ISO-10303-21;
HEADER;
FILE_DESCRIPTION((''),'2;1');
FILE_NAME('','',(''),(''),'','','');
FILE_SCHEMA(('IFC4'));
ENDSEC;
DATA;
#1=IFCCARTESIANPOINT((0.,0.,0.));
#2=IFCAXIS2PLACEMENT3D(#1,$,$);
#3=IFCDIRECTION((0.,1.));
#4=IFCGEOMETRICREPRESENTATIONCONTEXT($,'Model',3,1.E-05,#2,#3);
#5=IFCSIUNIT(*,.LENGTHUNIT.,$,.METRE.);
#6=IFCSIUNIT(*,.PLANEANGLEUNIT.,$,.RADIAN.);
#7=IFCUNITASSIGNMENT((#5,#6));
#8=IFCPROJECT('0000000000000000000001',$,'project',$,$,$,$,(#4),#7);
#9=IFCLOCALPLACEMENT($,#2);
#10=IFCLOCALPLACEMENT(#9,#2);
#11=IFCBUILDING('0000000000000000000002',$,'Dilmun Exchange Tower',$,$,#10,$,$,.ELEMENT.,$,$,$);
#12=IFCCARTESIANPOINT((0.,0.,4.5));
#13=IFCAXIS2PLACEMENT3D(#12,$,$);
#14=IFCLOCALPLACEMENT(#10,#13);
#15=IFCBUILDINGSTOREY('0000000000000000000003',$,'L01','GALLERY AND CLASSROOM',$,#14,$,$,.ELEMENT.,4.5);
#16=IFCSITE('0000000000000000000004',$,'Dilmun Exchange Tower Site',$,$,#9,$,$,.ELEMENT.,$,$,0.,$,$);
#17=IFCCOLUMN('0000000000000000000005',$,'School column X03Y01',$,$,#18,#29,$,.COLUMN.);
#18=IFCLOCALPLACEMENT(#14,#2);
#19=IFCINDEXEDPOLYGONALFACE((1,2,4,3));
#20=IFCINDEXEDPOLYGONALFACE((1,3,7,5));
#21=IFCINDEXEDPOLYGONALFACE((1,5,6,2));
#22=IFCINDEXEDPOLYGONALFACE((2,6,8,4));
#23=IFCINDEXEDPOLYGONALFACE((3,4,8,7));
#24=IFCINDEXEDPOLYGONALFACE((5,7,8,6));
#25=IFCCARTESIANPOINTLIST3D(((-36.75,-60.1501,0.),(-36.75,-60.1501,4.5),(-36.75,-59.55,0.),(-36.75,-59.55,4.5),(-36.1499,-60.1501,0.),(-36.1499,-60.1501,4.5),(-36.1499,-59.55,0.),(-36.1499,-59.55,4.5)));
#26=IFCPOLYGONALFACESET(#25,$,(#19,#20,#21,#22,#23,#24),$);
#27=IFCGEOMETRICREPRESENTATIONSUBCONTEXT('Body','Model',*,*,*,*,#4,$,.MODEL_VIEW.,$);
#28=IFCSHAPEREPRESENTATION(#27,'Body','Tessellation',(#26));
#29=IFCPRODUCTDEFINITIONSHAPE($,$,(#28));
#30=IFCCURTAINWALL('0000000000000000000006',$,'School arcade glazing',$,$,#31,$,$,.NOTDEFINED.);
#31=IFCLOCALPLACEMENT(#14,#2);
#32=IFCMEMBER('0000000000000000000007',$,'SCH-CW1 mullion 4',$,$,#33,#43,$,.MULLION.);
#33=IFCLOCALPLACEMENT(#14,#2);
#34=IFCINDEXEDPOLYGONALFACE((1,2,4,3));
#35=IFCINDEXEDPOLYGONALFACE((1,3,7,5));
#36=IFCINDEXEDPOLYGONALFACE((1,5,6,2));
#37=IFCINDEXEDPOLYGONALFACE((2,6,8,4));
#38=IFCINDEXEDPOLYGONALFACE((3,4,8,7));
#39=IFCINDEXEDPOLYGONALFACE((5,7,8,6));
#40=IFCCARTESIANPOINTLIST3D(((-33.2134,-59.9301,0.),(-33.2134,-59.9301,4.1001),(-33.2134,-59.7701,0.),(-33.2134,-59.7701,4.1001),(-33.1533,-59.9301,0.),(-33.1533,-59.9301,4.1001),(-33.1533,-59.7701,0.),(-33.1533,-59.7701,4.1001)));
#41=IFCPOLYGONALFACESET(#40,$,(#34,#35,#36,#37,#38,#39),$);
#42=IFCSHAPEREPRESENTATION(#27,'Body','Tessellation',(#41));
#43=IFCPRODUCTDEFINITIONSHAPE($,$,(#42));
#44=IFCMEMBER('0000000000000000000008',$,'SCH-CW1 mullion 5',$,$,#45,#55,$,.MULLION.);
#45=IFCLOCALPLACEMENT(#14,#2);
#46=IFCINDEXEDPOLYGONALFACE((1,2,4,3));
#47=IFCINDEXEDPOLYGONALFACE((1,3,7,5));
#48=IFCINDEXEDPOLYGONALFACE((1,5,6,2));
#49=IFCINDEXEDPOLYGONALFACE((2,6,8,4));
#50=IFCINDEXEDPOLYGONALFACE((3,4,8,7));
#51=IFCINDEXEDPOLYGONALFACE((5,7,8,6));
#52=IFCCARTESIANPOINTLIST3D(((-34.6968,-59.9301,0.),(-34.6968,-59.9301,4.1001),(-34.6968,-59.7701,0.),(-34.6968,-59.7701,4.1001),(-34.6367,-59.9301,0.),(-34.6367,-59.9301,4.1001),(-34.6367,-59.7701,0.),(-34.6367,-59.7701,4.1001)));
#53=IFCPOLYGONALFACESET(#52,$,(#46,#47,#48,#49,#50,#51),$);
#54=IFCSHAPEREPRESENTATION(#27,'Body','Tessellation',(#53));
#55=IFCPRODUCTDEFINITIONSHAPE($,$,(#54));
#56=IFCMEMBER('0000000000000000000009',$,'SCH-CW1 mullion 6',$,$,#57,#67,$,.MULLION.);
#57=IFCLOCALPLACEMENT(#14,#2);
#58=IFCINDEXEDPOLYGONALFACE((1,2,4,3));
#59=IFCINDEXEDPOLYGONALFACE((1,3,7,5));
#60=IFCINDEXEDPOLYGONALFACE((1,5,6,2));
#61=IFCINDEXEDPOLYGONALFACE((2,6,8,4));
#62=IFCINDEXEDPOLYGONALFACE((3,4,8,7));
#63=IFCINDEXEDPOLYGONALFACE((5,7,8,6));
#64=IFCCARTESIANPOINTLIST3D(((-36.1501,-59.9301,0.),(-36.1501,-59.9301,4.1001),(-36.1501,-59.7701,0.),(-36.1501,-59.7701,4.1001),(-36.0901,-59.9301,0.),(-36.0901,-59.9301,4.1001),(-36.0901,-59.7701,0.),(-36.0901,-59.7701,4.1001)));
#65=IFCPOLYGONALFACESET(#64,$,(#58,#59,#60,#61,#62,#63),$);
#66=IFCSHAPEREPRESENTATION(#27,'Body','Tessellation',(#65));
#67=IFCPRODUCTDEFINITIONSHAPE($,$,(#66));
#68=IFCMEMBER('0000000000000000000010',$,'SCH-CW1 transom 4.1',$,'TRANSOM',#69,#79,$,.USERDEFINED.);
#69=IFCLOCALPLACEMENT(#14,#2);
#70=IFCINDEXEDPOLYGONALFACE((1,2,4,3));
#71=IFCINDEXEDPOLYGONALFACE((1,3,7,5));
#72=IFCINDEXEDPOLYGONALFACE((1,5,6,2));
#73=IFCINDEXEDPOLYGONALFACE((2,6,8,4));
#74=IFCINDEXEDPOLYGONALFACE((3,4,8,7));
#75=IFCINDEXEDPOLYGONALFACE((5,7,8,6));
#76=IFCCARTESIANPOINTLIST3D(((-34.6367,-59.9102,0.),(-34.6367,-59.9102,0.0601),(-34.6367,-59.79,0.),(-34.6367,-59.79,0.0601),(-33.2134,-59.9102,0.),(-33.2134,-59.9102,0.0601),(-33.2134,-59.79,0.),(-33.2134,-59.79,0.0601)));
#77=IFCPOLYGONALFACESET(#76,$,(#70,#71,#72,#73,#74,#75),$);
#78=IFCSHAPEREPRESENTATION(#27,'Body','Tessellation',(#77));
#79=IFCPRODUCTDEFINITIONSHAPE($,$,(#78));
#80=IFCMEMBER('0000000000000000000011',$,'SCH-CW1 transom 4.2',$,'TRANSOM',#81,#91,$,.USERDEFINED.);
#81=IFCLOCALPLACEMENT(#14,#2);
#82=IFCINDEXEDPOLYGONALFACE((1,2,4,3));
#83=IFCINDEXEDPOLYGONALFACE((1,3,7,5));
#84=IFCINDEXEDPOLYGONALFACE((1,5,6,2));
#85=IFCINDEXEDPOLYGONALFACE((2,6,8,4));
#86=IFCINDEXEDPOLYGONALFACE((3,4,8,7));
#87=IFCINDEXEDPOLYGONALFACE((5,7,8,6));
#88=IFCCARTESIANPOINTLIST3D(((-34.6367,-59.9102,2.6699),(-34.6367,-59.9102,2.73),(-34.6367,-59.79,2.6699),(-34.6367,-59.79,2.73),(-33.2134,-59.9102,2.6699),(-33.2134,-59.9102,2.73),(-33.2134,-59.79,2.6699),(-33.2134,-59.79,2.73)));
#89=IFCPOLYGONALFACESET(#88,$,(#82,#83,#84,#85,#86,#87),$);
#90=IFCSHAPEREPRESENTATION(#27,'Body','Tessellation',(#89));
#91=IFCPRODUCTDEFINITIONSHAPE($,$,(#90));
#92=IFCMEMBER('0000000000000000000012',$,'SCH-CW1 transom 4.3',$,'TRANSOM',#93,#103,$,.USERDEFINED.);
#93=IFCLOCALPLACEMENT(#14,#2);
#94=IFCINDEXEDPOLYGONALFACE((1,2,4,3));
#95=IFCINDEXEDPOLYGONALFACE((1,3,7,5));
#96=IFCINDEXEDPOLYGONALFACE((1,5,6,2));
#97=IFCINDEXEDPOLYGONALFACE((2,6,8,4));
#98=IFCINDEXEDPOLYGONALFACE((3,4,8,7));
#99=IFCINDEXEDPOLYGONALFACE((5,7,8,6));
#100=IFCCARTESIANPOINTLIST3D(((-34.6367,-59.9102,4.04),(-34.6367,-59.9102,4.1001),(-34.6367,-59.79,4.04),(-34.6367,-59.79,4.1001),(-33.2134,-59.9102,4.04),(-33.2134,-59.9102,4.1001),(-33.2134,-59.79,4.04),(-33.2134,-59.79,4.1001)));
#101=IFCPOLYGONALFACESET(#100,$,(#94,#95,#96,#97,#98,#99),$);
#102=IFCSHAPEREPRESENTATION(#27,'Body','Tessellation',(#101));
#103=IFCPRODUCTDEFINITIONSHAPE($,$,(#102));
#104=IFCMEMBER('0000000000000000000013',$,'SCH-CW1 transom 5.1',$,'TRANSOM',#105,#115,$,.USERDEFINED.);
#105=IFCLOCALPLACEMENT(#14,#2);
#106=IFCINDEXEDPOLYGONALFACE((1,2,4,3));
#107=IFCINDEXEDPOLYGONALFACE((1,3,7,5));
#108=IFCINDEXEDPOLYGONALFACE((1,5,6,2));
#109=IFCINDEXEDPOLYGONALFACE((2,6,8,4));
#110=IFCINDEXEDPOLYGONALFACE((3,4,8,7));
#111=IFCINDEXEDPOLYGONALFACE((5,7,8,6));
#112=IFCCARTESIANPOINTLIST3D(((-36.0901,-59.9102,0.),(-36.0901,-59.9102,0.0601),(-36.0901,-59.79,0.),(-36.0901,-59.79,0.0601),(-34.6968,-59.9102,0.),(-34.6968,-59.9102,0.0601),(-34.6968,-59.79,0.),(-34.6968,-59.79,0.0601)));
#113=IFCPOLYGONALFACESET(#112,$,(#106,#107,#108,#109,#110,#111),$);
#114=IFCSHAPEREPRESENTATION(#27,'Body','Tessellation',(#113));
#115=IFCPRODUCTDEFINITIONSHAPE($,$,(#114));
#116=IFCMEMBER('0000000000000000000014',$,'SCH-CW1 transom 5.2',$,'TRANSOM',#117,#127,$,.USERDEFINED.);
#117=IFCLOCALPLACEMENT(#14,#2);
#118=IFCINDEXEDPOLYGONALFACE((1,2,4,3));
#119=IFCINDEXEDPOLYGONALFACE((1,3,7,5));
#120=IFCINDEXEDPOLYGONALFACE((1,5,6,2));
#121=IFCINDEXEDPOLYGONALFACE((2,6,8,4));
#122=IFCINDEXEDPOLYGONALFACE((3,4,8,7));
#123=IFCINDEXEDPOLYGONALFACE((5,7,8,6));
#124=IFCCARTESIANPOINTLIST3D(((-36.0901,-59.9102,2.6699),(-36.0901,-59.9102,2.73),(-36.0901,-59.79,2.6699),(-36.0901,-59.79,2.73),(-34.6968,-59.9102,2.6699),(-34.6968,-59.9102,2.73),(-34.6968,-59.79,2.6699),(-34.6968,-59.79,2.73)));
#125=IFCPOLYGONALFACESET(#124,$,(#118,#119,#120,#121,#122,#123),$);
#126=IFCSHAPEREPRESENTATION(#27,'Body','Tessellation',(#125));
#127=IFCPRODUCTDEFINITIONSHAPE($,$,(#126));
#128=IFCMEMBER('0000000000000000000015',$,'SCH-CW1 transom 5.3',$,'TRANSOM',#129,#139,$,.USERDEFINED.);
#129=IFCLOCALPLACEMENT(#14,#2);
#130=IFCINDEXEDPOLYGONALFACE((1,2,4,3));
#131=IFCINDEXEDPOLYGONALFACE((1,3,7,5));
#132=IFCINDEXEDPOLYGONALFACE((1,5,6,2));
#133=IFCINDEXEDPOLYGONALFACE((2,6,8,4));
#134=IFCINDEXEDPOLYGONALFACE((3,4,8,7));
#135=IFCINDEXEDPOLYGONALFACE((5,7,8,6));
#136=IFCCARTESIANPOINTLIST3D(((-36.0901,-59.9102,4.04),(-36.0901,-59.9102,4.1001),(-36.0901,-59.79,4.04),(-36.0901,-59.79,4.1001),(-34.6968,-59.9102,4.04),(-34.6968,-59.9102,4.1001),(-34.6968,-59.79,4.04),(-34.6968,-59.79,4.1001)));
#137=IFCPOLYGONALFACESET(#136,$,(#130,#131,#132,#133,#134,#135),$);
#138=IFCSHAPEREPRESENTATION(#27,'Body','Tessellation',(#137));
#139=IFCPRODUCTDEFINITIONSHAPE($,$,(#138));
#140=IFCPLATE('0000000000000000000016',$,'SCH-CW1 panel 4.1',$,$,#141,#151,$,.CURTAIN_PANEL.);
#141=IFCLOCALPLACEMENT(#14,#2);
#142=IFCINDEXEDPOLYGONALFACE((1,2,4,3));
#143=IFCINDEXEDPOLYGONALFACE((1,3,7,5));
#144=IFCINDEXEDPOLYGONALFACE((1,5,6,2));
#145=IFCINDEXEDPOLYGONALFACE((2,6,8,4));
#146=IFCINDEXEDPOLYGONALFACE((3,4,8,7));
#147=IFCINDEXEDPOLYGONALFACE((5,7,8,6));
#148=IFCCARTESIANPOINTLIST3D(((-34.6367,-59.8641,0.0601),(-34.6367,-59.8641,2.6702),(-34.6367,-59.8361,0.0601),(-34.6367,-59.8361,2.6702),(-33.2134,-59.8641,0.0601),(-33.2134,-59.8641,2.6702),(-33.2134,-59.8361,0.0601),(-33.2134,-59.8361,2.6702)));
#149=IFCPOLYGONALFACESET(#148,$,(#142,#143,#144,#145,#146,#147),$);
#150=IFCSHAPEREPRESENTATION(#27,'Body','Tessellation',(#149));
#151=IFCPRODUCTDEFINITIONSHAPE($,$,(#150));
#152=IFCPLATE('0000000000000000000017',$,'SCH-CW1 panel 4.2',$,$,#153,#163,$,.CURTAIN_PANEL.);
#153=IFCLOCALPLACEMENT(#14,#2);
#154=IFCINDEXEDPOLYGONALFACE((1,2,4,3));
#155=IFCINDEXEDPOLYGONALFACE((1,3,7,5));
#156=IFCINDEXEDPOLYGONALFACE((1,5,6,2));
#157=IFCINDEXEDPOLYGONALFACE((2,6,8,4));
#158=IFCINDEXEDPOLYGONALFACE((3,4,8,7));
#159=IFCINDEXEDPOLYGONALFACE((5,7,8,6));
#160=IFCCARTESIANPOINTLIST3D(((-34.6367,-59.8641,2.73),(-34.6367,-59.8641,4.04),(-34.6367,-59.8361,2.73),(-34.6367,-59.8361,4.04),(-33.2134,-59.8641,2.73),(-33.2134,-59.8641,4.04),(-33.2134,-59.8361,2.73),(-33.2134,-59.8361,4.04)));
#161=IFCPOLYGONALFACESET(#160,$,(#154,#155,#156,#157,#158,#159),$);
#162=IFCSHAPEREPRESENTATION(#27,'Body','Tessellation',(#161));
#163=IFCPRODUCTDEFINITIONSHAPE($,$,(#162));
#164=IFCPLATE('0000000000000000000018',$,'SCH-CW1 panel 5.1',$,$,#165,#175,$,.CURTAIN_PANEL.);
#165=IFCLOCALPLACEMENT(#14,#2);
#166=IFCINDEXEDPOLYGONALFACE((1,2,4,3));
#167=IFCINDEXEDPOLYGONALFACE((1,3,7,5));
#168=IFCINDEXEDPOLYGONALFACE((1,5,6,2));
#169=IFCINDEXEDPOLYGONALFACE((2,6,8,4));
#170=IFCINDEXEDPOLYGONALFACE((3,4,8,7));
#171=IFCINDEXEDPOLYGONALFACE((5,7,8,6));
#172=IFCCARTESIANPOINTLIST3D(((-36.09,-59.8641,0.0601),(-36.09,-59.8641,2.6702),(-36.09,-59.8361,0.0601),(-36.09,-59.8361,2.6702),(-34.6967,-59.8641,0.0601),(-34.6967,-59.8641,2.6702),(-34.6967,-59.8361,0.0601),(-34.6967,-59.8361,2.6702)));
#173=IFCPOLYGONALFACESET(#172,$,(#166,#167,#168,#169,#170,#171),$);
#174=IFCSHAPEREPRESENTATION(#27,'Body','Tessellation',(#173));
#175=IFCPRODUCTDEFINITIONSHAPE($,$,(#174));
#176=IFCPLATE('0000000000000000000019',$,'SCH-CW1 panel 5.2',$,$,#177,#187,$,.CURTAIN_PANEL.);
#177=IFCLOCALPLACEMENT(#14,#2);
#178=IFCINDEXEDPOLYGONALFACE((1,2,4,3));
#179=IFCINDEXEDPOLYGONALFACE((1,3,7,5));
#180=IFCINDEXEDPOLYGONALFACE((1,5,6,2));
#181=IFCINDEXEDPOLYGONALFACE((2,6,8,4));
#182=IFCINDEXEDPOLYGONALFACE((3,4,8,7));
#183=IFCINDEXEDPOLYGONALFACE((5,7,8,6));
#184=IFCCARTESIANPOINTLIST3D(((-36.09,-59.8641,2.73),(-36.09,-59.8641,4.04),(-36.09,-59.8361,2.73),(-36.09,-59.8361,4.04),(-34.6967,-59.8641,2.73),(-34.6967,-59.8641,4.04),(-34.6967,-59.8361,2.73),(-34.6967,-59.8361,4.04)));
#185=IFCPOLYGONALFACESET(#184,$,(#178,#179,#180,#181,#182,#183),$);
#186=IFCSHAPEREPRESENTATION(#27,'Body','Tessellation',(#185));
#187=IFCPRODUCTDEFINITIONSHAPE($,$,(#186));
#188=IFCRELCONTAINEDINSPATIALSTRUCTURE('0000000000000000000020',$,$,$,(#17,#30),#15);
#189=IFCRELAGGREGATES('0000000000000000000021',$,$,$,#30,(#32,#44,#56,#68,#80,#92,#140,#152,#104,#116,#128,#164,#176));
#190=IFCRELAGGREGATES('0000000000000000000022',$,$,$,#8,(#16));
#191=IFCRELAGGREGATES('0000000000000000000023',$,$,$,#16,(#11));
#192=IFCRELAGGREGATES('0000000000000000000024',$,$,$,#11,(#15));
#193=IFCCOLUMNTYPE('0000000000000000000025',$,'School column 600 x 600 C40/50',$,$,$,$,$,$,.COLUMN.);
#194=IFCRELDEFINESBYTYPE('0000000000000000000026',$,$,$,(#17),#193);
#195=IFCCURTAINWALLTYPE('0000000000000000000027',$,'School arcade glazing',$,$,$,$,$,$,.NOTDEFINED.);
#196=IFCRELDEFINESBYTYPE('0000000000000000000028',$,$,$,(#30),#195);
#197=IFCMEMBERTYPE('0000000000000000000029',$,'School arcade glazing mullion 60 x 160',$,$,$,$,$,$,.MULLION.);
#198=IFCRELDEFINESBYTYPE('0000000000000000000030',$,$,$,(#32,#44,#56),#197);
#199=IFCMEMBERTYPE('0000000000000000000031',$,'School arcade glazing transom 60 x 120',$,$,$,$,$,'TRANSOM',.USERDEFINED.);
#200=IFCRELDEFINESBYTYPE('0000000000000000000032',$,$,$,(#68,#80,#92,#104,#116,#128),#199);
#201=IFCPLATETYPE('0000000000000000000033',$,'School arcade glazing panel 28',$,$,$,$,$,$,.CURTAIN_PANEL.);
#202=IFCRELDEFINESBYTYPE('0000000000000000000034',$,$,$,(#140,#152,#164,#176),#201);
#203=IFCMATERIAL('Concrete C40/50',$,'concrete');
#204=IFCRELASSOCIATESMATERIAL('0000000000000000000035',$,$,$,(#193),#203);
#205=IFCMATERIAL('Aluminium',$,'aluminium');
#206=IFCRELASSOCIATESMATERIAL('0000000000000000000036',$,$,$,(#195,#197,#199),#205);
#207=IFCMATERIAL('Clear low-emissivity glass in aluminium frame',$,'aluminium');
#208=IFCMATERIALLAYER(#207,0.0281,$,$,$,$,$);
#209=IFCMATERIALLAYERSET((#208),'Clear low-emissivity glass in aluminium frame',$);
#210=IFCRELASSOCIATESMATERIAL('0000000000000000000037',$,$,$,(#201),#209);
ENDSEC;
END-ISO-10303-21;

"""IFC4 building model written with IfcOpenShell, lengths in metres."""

from ifc_helpers import new_model, si_unit, direction, frame, origin, origin_2d, place, context, subcontext, project, spatial, rectangle, extrude, material, layer, layer_set, material_profile, profile_set, type_object, element, aggregate, save


model = new_model("IFC4")

# Units and contexts
model_context = context("Model", 3, precision=1e-05, world=origin(), true_north=direction((0.0, 1.0)))
body_context = subcontext(model_context, "Body", "Model", "MODEL_VIEW")
ifc_project = project(units=[si_unit("LENGTHUNIT", "METRE"), si_unit("PLANEANGLEUNIT", "RADIAN")], contexts=[model_context])

# Site, building, storey
site_placement = place(None, origin())
site = spatial("IfcSite", under=ifc_project, at=site_placement, Name="Dilmun Exchange Tower Site", CompositionType="ELEMENT", RefElevation=0.0)
building_placement = place(site_placement, origin())
building = spatial("IfcBuilding", under=site, at=building_placement, Name="Dilmun Exchange Tower", CompositionType="ELEMENT")
storey_placement = place(building_placement, frame((0.0, 0.0, 4.5)))
storey = spatial("IfcBuildingStorey", under=building, at=storey_placement, Name="L01", Description="GALLERY AND CLASSROOM", CompositionType="ELEMENT", Elevation=4.5)

# Column
ifc_material_1 = material(Name="Concrete C40/50", Category="concrete")
ifc_material_profile_1 = material_profile(ifc_material_1, rectangle(XDim=0.6001, YDim=0.6001, at=origin_2d()), Name="600 x 600")
ifc_profile_set_1 = profile_set([ifc_material_profile_1], Name="Concrete C40/50")
column_type = type_object("IfcColumnType", Name="School column 600 x 600 C40/50", PredefinedType="COLUMN", material=ifc_profile_set_1)
column_placement = place(storey_placement, frame((-36.45, -59.8501, 0.0), z_axis=(0.0, 0.0, 1.0), x_axis=(1.0, 0.0, 0.0)))
element("IfcColumn", 1, at=column_placement, inside=storey, type_object=column_type, Name="School column X03Y01", PredefinedType="COLUMN", context=body_context, shape_type="SweptSolid", body=[
    extrude(rectangle(XDim=0.6001, YDim=0.6001, at=origin_2d()), origin(), (0.0, 0.0, 1.0), 4.5),
])

# Curtain wall, members, plates
ifc_material_2 = material(Name="Aluminium", Category="aluminium")
curtain_wall_type = type_object("IfcCurtainWallType", Name="School arcade glazing", PredefinedType="NOTDEFINED", material=ifc_material_2)
curtain_wall_placement = place(storey_placement, origin())
curtain_wall = element("IfcCurtainWall", 2, at=curtain_wall_placement, inside=storey, type_object=curtain_wall_type, Name="School arcade glazing", PredefinedType="NOTDEFINED")
ifc_material_profile_2 = material_profile(ifc_material_2, rectangle(XDim=0.1599, YDim=0.0601, at=origin_2d()), Name="60 x 160")
ifc_profile_set_2 = profile_set([ifc_material_profile_2], Name="Aluminium")
member_type_1 = type_object("IfcMemberType", Name="School arcade glazing mullion 60 x 160", PredefinedType="MULLION", material=ifc_profile_set_2)
member_1_placement = place(storey_placement, frame((-33.1833, -59.8501, 0.0), z_axis=(0.0, 0.0, 1.0), x_axis=(0.0, -1.0, 0.0)))
member_1 = element("IfcMember", 3, at=member_1_placement, type_object=member_type_1, Name="SCH-CW1 mullion 4", PredefinedType="MULLION", context=body_context, shape_type="SweptSolid", body=[
    extrude(rectangle(XDim=0.1599, YDim=0.0601, at=origin_2d()), origin(), (0.0, 0.0, 1.0), 4.1001),
])
member_2_placement = place(storey_placement, frame((-34.6667, -59.8501, 0.0), z_axis=(0.0, 0.0, 1.0), x_axis=(0.0, -1.0, 0.0)))
member_2 = element("IfcMember", 4, at=member_2_placement, type_object=member_type_1, Name="SCH-CW1 mullion 5", PredefinedType="MULLION", context=body_context, shape_type="SweptSolid", body=[
    extrude(rectangle(XDim=0.1599, YDim=0.0601, at=origin_2d()), origin(), (0.0, 0.0, 1.0), 4.1001),
])
member_3_placement = place(storey_placement, frame((-36.1201, -59.8501, 0.0), z_axis=(0.0, 0.0, 1.0), x_axis=(0.0, -1.0, 0.0)))
member_3 = element("IfcMember", 5, at=member_3_placement, type_object=member_type_1, Name="SCH-CW1 mullion 6", PredefinedType="MULLION", context=body_context, shape_type="SweptSolid", body=[
    extrude(rectangle(XDim=0.1599, YDim=0.0601, at=origin_2d()), origin(), (0.0, 0.0, 1.0), 4.1001),
])
ifc_material_profile_3 = material_profile(ifc_material_2, rectangle(XDim=0.1201, YDim=0.0601, at=origin_2d()), Name="60 x 120")
ifc_profile_set_3 = profile_set([ifc_material_profile_3], Name="Aluminium")
member_type_2 = type_object("IfcMemberType", Name="School arcade glazing transom 60 x 120", ElementType="TRANSOM", PredefinedType="USERDEFINED", material=ifc_profile_set_3)
member_4_placement = place(storey_placement, frame((-33.2134, -59.8501, 0.03), z_axis=(-1.0, 0.0, 0.0), x_axis=(0.0, -1.0, 0.0)))
member_4 = element("IfcMember", 6, at=member_4_placement, type_object=member_type_2, Name="SCH-CW1 transom 4.1", ObjectType="TRANSOM", PredefinedType="USERDEFINED", context=body_context, shape_type="SweptSolid", body=[
    extrude(rectangle(XDim=0.1201, YDim=0.0601, at=origin_2d()), origin(), (0.0, 0.0, 1.0), 1.4233),
])
member_5_placement = place(storey_placement, frame((-33.2134, -59.8501, 2.7), z_axis=(-1.0, 0.0, 0.0), x_axis=(0.0, -1.0, 0.0)))
member_5 = element("IfcMember", 7, at=member_5_placement, type_object=member_type_2, Name="SCH-CW1 transom 4.2", ObjectType="TRANSOM", PredefinedType="USERDEFINED", context=body_context, shape_type="SweptSolid", body=[
    extrude(rectangle(XDim=0.1201, YDim=0.0601, at=origin_2d()), origin(), (0.0, 0.0, 1.0), 1.4233),
])
member_6_placement = place(storey_placement, frame((-33.2134, -59.8501, 4.0701), z_axis=(-1.0, 0.0, 0.0), x_axis=(0.0, -1.0, 0.0)))
member_6 = element("IfcMember", 8, at=member_6_placement, type_object=member_type_2, Name="SCH-CW1 transom 4.3", ObjectType="TRANSOM", PredefinedType="USERDEFINED", context=body_context, shape_type="SweptSolid", body=[
    extrude(rectangle(XDim=0.1201, YDim=0.0601, at=origin_2d()), origin(), (0.0, 0.0, 1.0), 1.4233),
])
member_7_placement = place(storey_placement, frame((-34.6968, -59.8501, 0.03), z_axis=(-1.0, 0.0, 0.0), x_axis=(0.0, -1.0, 0.0)))
member_7 = element("IfcMember", 9, at=member_7_placement, type_object=member_type_2, Name="SCH-CW1 transom 5.1", ObjectType="TRANSOM", PredefinedType="USERDEFINED", context=body_context, shape_type="SweptSolid", body=[
    extrude(rectangle(XDim=0.1201, YDim=0.0601, at=origin_2d()), origin(), (0.0, 0.0, 1.0), 1.3933),
])
member_8_placement = place(storey_placement, frame((-34.6968, -59.8501, 2.7), z_axis=(-1.0, 0.0, 0.0), x_axis=(0.0, -1.0, 0.0)))
member_8 = element("IfcMember", 10, at=member_8_placement, type_object=member_type_2, Name="SCH-CW1 transom 5.2", ObjectType="TRANSOM", PredefinedType="USERDEFINED", context=body_context, shape_type="SweptSolid", body=[
    extrude(rectangle(XDim=0.1201, YDim=0.0601, at=origin_2d()), origin(), (0.0, 0.0, 1.0), 1.3933),
])
member_9_placement = place(storey_placement, frame((-34.6968, -59.8501, 4.0701), z_axis=(-1.0, 0.0, 0.0), x_axis=(0.0, -1.0, 0.0)))
member_9 = element("IfcMember", 11, at=member_9_placement, type_object=member_type_2, Name="SCH-CW1 transom 5.3", ObjectType="TRANSOM", PredefinedType="USERDEFINED", context=body_context, shape_type="SweptSolid", body=[
    extrude(rectangle(XDim=0.1201, YDim=0.0601, at=origin_2d()), origin(), (0.0, 0.0, 1.0), 1.3933),
])
ifc_material_3 = material(Name="Clear low-emissivity glass in aluminium frame", Category="aluminium")
ifc_layer_1 = layer(ifc_material_3, 0.0281)
ifc_layer_set_1 = layer_set([ifc_layer_1], Name="Clear low-emissivity glass in aluminium frame")
plate_type = type_object("IfcPlateType", Name="School arcade glazing panel 28", PredefinedType="CURTAIN_PANEL", material=ifc_layer_set_1)
plate_1_placement = place(storey_placement, frame((-33.925, -59.8501, 0.0601), z_axis=(0.0, 0.0, 1.0), x_axis=(-1.0, 0.0, 0.0)))
plate_1 = element("IfcPlate", 12, at=plate_1_placement, type_object=plate_type, Name="SCH-CW1 panel 4.1", PredefinedType="CURTAIN_PANEL", context=body_context, shape_type="SweptSolid", body=[
    extrude(rectangle(XDim=1.4233, YDim=0.0281, at=origin_2d()), origin(), (0.0, 0.0, 1.0), 2.6101),
])
plate_2_placement = place(storey_placement, frame((-33.925, -59.8501, 2.73), z_axis=(0.0, 0.0, 1.0), x_axis=(-1.0, 0.0, 0.0)))
plate_2 = element("IfcPlate", 13, at=plate_2_placement, type_object=plate_type, Name="SCH-CW1 panel 4.2", PredefinedType="CURTAIN_PANEL", context=body_context, shape_type="SweptSolid", body=[
    extrude(rectangle(XDim=1.4233, YDim=0.0281, at=origin_2d()), origin(), (0.0, 0.0, 1.0), 1.3101),
])
plate_3_placement = place(storey_placement, frame((-35.3933, -59.8501, 0.0601), z_axis=(0.0, 0.0, 1.0), x_axis=(-1.0, 0.0, 0.0)))
plate_3 = element("IfcPlate", 14, at=plate_3_placement, type_object=plate_type, Name="SCH-CW1 panel 5.1", PredefinedType="CURTAIN_PANEL", context=body_context, shape_type="SweptSolid", body=[
    extrude(rectangle(XDim=1.3933, YDim=0.0281, at=origin_2d()), origin(), (0.0, 0.0, 1.0), 2.6101),
])
plate_4_placement = place(storey_placement, frame((-35.3933, -59.8501, 2.73), z_axis=(0.0, 0.0, 1.0), x_axis=(-1.0, 0.0, 0.0)))
plate_4 = element("IfcPlate", 15, at=plate_4_placement, type_object=plate_type, Name="SCH-CW1 panel 5.2", PredefinedType="CURTAIN_PANEL", context=body_context, shape_type="SweptSolid", body=[
    extrude(rectangle(XDim=1.3933, YDim=0.0281, at=origin_2d()), origin(), (0.0, 0.0, 1.0), 1.3101),
])
aggregate(curtain_wall, [member_1, member_2, member_3, member_4, member_5, member_6, plate_1, plate_2, member_7, member_8, member_9, plate_3, plate_4])

save(model, "model.ifc")
